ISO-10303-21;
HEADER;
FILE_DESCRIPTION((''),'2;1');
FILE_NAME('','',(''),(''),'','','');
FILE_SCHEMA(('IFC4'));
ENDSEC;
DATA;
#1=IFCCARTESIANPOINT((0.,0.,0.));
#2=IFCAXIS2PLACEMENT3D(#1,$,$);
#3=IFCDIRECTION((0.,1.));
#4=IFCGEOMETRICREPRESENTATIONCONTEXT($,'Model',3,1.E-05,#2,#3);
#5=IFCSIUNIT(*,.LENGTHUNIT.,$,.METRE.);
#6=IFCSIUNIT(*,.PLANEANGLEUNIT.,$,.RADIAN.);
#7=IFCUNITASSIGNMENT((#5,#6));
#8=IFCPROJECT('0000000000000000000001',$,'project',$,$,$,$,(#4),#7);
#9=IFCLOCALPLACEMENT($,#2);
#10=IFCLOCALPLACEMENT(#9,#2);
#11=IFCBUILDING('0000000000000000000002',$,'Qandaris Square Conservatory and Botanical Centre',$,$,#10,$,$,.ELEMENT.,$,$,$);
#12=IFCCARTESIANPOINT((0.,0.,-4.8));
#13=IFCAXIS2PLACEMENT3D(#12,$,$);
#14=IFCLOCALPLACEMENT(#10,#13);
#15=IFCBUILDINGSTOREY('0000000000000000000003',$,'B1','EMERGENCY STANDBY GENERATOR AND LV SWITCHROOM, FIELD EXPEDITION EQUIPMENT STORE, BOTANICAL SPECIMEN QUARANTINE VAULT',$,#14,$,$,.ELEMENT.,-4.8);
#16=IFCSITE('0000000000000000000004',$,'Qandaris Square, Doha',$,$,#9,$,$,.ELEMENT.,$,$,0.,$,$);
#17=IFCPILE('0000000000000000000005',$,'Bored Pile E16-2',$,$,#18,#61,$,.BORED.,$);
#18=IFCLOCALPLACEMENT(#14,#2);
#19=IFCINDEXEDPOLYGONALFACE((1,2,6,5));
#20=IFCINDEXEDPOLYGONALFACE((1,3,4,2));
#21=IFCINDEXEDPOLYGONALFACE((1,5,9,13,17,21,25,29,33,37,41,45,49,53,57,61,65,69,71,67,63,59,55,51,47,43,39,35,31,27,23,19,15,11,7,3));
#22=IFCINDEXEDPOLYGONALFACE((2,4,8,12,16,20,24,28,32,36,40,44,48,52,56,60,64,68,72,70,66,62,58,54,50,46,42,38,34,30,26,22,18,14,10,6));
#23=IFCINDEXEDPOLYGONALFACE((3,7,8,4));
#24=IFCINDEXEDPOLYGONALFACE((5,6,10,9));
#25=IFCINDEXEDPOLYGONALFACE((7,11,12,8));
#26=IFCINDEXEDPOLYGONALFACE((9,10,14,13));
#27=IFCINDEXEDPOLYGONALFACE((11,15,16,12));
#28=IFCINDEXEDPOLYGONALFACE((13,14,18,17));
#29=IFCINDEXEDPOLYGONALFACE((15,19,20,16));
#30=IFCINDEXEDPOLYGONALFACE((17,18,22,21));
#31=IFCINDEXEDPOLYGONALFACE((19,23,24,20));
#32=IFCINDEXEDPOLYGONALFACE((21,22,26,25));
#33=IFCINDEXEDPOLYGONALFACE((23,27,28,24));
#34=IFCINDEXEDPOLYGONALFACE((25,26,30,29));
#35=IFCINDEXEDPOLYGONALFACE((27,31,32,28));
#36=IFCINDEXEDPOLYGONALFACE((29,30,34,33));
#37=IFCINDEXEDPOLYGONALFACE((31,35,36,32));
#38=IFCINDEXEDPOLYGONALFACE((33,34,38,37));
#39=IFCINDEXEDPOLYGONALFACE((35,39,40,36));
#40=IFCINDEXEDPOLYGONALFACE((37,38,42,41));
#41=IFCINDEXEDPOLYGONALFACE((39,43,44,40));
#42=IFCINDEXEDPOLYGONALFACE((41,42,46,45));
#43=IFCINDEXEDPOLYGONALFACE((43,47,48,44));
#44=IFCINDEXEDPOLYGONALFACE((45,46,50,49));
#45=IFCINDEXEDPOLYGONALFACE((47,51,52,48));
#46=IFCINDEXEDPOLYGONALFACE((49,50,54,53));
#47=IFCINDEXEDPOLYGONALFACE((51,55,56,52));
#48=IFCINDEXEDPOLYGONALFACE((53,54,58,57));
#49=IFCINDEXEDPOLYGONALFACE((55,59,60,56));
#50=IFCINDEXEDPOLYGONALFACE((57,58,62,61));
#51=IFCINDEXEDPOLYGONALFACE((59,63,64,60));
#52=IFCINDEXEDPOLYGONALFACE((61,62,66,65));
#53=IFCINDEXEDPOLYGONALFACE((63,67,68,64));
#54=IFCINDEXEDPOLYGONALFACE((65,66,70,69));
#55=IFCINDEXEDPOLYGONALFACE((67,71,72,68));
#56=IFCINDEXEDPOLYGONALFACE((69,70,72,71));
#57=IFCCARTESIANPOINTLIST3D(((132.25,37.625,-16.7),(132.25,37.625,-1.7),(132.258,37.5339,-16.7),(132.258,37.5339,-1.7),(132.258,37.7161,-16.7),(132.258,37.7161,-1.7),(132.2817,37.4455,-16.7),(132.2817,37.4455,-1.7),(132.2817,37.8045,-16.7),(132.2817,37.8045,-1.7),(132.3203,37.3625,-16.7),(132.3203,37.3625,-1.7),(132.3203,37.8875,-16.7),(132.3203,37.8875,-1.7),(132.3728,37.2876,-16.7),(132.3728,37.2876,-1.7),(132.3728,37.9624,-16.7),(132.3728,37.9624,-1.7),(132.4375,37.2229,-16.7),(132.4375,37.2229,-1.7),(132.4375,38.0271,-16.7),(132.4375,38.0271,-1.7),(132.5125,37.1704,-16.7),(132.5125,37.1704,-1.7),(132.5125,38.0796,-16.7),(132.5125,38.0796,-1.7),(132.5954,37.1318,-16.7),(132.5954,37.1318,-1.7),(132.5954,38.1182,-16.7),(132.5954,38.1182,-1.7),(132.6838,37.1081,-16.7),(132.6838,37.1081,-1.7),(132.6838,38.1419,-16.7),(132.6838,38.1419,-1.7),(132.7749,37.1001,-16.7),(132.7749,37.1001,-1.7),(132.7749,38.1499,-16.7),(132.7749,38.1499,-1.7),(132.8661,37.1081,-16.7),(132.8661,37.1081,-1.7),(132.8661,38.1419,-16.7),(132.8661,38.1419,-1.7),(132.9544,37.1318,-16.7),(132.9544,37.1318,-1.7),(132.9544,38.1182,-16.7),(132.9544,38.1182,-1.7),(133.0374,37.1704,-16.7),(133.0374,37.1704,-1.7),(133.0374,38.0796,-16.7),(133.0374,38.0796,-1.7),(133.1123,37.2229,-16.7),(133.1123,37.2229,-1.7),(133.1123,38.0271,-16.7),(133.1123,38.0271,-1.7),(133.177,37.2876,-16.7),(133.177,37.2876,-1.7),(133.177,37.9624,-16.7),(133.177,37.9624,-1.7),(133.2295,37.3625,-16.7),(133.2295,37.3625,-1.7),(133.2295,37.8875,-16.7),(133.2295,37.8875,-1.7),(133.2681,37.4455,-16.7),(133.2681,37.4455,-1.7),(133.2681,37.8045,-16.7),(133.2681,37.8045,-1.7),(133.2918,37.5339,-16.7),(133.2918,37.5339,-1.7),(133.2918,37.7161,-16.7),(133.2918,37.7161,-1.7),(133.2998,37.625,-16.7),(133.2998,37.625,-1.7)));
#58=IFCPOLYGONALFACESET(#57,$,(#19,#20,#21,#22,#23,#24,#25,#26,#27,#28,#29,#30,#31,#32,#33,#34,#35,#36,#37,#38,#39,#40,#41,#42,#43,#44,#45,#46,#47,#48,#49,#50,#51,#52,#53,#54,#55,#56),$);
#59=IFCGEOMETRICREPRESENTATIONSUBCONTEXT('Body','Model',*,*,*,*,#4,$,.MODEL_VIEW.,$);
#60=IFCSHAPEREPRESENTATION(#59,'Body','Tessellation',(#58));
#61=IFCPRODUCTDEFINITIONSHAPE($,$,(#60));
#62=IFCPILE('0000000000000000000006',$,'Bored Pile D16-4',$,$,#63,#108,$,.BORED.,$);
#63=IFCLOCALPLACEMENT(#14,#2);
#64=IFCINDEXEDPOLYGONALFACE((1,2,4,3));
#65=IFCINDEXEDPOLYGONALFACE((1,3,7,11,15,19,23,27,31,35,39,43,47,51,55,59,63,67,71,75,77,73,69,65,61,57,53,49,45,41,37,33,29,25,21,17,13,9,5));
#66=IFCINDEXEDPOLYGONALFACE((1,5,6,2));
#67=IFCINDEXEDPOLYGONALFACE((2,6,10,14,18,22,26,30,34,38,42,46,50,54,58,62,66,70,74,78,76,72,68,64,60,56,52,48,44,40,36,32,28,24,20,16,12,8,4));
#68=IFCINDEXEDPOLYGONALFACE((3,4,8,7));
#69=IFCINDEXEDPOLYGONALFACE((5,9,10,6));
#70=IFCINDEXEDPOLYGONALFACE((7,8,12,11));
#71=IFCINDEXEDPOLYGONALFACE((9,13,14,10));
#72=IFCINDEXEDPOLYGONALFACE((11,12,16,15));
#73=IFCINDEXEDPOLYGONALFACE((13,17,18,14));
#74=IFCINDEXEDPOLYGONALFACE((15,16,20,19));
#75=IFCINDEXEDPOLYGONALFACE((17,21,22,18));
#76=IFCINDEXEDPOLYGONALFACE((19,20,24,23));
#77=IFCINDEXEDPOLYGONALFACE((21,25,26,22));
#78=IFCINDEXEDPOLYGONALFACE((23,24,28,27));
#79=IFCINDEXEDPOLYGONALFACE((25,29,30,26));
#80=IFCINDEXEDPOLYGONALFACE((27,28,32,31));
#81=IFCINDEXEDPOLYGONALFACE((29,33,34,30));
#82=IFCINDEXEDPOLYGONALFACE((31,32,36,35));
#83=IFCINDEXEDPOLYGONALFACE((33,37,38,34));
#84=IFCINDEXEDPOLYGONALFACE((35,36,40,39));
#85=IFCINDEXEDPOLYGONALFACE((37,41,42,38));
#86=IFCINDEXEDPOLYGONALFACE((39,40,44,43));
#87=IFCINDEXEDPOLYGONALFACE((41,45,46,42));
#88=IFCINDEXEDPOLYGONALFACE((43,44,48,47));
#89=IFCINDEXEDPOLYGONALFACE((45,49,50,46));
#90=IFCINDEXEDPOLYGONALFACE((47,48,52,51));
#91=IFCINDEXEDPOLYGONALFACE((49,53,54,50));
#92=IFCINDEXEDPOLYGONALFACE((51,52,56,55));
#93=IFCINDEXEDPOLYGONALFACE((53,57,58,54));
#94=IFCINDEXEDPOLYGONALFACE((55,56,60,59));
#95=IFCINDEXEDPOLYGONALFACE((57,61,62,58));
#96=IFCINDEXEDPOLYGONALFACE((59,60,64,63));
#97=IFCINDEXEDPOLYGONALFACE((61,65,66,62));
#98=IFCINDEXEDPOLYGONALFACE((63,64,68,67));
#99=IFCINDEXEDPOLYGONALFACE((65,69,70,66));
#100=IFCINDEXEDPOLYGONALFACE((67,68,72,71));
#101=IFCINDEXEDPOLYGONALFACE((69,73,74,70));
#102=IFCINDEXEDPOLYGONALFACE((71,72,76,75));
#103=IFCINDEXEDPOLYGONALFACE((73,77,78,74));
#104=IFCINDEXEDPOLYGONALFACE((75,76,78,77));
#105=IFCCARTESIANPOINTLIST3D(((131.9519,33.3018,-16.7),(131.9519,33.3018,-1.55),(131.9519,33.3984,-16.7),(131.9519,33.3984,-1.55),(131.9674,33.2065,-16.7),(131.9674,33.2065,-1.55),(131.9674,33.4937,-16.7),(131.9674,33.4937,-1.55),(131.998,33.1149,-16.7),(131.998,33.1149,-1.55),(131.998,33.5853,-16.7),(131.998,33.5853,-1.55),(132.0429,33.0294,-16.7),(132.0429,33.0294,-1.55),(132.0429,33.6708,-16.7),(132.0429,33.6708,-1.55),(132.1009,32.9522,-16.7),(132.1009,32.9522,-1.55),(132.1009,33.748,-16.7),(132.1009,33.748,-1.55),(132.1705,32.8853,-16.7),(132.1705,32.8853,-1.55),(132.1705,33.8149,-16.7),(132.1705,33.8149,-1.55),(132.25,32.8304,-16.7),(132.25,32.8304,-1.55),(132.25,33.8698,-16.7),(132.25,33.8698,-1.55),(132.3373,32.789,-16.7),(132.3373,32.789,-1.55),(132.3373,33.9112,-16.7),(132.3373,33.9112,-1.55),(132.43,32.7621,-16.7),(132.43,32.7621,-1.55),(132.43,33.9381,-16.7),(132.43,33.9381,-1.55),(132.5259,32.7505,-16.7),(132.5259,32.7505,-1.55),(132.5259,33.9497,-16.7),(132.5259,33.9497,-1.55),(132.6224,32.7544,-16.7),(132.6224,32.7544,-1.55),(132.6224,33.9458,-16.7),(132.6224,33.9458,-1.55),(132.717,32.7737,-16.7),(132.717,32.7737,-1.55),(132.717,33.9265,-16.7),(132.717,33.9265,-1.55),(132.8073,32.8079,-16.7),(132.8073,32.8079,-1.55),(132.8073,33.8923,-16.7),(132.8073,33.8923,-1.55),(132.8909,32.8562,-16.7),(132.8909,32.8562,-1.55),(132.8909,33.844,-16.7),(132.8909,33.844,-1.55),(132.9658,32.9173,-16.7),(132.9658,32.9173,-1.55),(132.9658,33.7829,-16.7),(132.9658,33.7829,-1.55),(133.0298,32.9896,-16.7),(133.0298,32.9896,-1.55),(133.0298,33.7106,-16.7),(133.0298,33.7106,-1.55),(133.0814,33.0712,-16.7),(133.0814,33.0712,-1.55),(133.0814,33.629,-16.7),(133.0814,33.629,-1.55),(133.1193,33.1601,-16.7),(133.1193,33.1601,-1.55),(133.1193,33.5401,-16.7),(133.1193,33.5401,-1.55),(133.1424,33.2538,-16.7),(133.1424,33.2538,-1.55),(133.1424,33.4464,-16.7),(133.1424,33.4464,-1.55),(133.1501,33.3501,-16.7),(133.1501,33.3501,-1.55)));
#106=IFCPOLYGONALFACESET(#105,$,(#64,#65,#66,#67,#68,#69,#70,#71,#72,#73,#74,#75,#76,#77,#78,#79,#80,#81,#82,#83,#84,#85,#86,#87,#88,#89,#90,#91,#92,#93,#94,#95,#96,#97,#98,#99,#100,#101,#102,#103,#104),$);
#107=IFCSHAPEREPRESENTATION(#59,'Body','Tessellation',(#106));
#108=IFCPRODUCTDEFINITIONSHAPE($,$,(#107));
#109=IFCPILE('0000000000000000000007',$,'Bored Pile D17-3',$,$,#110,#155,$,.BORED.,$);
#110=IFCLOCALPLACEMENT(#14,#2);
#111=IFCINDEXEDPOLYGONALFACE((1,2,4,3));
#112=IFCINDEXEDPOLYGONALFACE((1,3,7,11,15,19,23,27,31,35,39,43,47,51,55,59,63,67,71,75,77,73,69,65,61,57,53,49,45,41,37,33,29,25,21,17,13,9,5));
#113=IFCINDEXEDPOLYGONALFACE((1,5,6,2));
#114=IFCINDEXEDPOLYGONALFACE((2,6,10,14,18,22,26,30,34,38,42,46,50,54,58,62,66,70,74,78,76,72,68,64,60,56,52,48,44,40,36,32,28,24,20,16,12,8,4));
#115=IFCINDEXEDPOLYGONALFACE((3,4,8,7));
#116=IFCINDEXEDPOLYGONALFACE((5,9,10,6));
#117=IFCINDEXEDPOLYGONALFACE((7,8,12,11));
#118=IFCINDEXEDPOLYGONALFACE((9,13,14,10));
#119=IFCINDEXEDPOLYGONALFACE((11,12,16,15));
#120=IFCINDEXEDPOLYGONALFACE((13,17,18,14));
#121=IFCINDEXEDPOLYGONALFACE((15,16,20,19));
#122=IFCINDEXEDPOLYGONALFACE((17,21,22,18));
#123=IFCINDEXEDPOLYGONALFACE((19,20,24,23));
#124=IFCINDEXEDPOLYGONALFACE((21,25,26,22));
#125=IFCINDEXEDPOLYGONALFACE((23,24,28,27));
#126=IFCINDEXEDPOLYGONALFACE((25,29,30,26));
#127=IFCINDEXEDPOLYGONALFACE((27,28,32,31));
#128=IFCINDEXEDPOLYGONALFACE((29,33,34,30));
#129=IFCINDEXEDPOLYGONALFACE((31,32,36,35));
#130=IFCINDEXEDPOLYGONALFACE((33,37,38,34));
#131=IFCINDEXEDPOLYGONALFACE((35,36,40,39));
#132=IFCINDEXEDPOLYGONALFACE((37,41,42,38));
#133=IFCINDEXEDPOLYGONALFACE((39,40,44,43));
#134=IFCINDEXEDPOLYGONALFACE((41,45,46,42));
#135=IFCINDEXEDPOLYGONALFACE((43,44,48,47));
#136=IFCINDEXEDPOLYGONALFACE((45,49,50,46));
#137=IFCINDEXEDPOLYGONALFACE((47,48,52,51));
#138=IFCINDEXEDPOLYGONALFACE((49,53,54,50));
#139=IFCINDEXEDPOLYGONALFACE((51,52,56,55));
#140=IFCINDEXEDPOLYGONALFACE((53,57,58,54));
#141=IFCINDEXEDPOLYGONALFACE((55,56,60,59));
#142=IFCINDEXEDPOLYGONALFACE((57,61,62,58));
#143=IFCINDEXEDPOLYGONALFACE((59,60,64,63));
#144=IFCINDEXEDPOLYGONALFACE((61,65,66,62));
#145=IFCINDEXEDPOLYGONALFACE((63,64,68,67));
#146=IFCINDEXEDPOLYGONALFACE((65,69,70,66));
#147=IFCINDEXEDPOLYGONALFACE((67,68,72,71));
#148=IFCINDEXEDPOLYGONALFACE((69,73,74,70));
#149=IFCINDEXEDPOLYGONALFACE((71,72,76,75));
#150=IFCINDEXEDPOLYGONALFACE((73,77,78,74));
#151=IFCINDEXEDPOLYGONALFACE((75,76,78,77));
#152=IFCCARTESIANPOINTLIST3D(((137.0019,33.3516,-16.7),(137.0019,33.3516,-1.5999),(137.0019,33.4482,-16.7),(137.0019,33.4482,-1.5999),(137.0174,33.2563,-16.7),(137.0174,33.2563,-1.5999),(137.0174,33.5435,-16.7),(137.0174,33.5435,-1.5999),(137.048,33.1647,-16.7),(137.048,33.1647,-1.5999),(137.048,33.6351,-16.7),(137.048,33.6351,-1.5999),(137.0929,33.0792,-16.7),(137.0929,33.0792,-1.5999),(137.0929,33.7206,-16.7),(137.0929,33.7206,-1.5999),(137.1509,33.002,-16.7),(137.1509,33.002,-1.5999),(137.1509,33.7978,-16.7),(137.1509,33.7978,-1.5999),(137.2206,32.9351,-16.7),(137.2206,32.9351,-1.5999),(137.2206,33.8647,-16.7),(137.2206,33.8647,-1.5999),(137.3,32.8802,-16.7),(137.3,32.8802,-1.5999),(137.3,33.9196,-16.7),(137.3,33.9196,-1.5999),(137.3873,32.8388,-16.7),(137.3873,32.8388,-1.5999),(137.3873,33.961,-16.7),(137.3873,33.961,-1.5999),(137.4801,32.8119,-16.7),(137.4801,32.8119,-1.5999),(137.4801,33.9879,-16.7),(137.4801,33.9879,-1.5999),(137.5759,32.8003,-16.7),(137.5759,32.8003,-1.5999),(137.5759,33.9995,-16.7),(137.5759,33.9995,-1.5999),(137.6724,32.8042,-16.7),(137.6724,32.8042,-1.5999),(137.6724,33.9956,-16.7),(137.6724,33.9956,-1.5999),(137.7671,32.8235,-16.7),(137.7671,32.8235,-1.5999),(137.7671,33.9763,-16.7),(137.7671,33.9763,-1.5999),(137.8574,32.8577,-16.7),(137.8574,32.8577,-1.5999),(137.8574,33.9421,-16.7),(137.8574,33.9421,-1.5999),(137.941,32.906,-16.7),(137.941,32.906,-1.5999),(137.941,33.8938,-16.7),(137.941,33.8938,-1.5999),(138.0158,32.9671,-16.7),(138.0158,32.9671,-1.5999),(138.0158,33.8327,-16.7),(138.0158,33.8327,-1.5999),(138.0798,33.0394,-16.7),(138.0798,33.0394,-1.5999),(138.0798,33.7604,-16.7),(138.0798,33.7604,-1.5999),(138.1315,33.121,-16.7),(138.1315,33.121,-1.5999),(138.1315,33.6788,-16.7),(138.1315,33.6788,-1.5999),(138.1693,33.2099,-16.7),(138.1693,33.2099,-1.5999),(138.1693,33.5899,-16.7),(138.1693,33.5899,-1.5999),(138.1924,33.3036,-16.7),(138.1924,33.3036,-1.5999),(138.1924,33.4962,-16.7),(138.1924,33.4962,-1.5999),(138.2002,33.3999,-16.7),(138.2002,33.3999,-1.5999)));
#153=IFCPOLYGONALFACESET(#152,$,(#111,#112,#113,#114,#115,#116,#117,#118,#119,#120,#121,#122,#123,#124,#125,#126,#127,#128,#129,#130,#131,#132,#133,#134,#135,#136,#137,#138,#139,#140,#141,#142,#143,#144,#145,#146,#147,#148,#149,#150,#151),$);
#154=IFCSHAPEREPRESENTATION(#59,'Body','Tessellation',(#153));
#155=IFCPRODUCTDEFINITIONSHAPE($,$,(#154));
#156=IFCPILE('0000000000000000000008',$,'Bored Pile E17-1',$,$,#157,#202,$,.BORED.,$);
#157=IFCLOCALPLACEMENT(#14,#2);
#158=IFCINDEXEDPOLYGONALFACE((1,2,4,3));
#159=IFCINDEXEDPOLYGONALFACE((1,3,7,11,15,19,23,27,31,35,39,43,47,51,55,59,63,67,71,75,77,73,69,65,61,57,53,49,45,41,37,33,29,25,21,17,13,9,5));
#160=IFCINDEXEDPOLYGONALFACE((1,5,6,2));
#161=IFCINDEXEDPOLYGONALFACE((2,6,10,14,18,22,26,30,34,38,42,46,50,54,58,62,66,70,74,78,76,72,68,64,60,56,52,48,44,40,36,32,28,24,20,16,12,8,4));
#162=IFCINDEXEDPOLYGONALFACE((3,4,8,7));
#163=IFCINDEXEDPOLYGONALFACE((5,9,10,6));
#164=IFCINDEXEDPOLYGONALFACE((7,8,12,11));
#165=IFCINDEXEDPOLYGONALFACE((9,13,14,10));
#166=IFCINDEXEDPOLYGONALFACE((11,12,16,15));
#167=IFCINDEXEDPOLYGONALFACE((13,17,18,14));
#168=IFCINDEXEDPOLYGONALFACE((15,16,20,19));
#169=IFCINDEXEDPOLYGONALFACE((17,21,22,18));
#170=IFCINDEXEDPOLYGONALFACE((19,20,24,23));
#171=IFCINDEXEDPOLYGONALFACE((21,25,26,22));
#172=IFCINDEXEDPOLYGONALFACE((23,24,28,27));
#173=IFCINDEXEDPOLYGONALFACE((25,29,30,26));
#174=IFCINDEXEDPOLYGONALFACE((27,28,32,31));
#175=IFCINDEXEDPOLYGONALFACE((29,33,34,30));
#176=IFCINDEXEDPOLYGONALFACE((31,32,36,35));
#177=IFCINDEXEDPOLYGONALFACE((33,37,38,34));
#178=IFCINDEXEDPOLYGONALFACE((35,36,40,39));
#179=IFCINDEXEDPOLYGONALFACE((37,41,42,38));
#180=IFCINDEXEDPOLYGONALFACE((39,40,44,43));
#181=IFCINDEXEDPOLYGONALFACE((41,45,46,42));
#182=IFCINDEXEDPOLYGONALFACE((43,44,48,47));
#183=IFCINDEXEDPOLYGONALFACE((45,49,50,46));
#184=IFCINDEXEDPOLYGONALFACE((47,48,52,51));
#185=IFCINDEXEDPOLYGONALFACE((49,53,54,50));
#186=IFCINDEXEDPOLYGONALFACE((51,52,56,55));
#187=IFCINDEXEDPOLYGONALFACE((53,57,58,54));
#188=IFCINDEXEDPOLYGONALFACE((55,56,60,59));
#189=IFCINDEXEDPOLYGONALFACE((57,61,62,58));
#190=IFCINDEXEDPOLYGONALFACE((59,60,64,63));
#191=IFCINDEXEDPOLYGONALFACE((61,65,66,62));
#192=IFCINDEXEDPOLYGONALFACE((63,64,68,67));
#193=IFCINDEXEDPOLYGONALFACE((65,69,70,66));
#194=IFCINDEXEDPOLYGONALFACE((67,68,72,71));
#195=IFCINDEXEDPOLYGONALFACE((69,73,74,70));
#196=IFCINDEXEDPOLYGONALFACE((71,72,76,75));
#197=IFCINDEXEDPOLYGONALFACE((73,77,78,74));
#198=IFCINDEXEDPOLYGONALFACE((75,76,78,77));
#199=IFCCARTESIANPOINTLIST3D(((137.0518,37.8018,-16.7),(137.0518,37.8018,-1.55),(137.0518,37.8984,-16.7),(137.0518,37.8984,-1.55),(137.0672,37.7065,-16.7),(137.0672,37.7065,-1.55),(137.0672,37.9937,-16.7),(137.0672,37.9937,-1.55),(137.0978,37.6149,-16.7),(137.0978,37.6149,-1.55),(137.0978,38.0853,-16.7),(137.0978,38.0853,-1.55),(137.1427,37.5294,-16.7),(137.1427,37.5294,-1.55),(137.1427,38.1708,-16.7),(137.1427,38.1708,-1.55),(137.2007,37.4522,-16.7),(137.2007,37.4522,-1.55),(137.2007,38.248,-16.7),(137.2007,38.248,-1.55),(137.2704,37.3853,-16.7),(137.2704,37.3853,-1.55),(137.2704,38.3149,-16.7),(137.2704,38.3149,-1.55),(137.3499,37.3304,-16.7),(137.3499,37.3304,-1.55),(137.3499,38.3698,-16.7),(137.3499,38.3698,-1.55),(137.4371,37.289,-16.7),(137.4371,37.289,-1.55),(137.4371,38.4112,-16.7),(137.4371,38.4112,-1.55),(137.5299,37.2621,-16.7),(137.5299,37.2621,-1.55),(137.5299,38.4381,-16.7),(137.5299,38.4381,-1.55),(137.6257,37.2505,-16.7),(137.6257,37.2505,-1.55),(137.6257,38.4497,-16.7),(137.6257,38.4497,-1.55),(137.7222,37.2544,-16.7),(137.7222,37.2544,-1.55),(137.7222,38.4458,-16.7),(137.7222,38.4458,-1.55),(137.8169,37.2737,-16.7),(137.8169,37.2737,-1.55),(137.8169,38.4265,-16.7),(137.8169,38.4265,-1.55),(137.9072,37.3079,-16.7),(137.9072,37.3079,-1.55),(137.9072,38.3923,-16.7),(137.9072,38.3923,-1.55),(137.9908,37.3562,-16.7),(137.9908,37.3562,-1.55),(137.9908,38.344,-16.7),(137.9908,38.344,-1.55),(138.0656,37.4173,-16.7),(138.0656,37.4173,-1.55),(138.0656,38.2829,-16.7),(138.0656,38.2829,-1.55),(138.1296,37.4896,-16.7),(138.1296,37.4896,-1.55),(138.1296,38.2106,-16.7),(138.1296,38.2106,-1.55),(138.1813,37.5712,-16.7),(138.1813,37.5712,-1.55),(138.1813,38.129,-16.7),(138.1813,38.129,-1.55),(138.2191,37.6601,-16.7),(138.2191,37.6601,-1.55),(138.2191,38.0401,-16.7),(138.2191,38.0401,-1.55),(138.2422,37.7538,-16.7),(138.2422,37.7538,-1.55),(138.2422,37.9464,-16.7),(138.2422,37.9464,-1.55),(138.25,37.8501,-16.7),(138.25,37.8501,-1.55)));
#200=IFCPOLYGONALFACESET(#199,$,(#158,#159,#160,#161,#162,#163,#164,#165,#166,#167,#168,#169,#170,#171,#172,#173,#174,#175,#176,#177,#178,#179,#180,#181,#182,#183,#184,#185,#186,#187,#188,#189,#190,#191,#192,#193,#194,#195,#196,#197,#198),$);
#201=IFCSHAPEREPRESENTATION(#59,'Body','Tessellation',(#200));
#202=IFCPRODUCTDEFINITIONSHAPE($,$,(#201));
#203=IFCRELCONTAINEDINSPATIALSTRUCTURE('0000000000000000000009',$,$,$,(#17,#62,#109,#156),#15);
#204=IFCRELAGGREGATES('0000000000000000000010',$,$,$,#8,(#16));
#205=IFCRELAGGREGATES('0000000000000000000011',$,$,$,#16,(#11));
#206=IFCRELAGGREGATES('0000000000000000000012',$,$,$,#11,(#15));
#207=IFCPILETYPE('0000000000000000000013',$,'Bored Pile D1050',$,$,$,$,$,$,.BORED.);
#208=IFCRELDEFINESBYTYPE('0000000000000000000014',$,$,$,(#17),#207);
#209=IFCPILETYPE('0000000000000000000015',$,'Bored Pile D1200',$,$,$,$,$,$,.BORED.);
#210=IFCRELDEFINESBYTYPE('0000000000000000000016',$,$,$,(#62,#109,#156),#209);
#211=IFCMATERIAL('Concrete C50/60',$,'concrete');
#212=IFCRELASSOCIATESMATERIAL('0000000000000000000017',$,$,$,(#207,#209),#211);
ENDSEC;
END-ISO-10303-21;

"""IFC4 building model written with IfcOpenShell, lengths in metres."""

from ifc_helpers import new_model, si_unit, direction, frame, origin, origin_2d, place, context, subcontext, project, spatial, circle, extrude, material, material_profile, profile_set, type_object, element, save


model = new_model("IFC4")

# Units and contexts
model_context = context("Model", 3, precision=1e-05, world=origin(), true_north=direction((0.0, 1.0)))
body_context = subcontext(model_context, "Body", "Model", "MODEL_VIEW")
ifc_project = project(units=[si_unit("LENGTHUNIT", "METRE"), si_unit("PLANEANGLEUNIT", "RADIAN")], contexts=[model_context])

# Site, building, storey
site_placement = place(None, origin())
site = spatial("IfcSite", under=ifc_project, at=site_placement, Name="Qandaris Square, Doha", CompositionType="ELEMENT", RefElevation=0.0)
building_placement = place(site_placement, origin())
building = spatial("IfcBuilding", under=site, at=building_placement, Name="Qandaris Square Conservatory and Botanical Centre", CompositionType="ELEMENT")
storey_placement = place(building_placement, frame((0.0, 0.0, -4.8)))
storey = spatial("IfcBuildingStorey", under=building, at=storey_placement, Name="B1", Description="EMERGENCY STANDBY GENERATOR AND LV SWITCHROOM, FIELD EXPEDITION EQUIPMENT STORE, BOTANICAL SPECIMEN QUARANTINE VAULT", CompositionType="ELEMENT", Elevation=-4.8)

# Piles
ifc_material_1 = material(Name="Concrete C50/60", Category="concrete")
ifc_material_profile_1 = material_profile(ifc_material_1, circle(Radius=0.5249, at=origin_2d()), Name="PILE D1050")
ifc_profile_set_1 = profile_set([ifc_material_profile_1], Name="Concrete C50/60")
pile_type_1 = type_object("IfcPileType", Name="Bored Pile D1050", PredefinedType="BORED", material=ifc_profile_set_1)
pile_1_placement = place(storey_placement, frame((132.7749, 37.625, -1.7), z_axis=(0.0, 0.0, -1.0), x_axis=(1.0, 0.0, 0.0)))
element("IfcPile", 1, at=pile_1_placement, inside=storey, type_object=pile_type_1, Name="Bored Pile E16-2", PredefinedType="BORED", context=body_context, shape_type="SweptSolid", body=[
    extrude(circle(Radius=0.5249, at=origin_2d()), origin(), (0.0, 0.0, 1.0), 15.0),
])
ifc_material_profile_2 = material_profile(ifc_material_1, circle(Radius=0.6001, at=origin_2d()), Name="PILE D1200")
ifc_profile_set_2 = profile_set([ifc_material_profile_2], Name="Concrete C50/60")
pile_type_2 = type_object("IfcPileType", Name="Bored Pile D1200", PredefinedType="BORED", material=ifc_profile_set_2)
pile_2_placement = place(storey_placement, frame((132.55, 33.3501, -1.55), z_axis=(0.0, 0.0, -1.0), x_axis=(1.0, 0.0, 0.0)))
element("IfcPile", 2, at=pile_2_placement, inside=storey, type_object=pile_type_2, Name="Bored Pile D16-4", PredefinedType="BORED", context=body_context, shape_type="SweptSolid", body=[
    extrude(circle(Radius=0.6001, at=origin_2d()), origin(), (0.0, 0.0, 1.0), 15.1499),
])
pile_3_placement = place(storey_placement, frame((137.6001, 33.3999, -1.5999), z_axis=(0.0, 0.0, -1.0), x_axis=(1.0, 0.0, 0.0)))
element("IfcPile", 3, at=pile_3_placement, inside=storey, type_object=pile_type_2, Name="Bored Pile D17-3", PredefinedType="BORED", context=body_context, shape_type="SweptSolid", body=[
    extrude(circle(Radius=0.6001, at=origin_2d()), origin(), (0.0, 0.0, 1.0), 15.1001),
])
pile_4_placement = place(storey_placement, frame((137.6499, 37.8501, -1.55), z_axis=(0.0, 0.0, -1.0), x_axis=(1.0, 0.0, 0.0)))
element("IfcPile", 4, at=pile_4_placement, inside=storey, type_object=pile_type_2, Name="Bored Pile E17-1", PredefinedType="BORED", context=body_context, shape_type="SweptSolid", body=[
    extrude(circle(Radius=0.6001, at=origin_2d()), origin(), (0.0, 0.0, 1.0), 15.1499),
])

save(model, "model.ifc")
